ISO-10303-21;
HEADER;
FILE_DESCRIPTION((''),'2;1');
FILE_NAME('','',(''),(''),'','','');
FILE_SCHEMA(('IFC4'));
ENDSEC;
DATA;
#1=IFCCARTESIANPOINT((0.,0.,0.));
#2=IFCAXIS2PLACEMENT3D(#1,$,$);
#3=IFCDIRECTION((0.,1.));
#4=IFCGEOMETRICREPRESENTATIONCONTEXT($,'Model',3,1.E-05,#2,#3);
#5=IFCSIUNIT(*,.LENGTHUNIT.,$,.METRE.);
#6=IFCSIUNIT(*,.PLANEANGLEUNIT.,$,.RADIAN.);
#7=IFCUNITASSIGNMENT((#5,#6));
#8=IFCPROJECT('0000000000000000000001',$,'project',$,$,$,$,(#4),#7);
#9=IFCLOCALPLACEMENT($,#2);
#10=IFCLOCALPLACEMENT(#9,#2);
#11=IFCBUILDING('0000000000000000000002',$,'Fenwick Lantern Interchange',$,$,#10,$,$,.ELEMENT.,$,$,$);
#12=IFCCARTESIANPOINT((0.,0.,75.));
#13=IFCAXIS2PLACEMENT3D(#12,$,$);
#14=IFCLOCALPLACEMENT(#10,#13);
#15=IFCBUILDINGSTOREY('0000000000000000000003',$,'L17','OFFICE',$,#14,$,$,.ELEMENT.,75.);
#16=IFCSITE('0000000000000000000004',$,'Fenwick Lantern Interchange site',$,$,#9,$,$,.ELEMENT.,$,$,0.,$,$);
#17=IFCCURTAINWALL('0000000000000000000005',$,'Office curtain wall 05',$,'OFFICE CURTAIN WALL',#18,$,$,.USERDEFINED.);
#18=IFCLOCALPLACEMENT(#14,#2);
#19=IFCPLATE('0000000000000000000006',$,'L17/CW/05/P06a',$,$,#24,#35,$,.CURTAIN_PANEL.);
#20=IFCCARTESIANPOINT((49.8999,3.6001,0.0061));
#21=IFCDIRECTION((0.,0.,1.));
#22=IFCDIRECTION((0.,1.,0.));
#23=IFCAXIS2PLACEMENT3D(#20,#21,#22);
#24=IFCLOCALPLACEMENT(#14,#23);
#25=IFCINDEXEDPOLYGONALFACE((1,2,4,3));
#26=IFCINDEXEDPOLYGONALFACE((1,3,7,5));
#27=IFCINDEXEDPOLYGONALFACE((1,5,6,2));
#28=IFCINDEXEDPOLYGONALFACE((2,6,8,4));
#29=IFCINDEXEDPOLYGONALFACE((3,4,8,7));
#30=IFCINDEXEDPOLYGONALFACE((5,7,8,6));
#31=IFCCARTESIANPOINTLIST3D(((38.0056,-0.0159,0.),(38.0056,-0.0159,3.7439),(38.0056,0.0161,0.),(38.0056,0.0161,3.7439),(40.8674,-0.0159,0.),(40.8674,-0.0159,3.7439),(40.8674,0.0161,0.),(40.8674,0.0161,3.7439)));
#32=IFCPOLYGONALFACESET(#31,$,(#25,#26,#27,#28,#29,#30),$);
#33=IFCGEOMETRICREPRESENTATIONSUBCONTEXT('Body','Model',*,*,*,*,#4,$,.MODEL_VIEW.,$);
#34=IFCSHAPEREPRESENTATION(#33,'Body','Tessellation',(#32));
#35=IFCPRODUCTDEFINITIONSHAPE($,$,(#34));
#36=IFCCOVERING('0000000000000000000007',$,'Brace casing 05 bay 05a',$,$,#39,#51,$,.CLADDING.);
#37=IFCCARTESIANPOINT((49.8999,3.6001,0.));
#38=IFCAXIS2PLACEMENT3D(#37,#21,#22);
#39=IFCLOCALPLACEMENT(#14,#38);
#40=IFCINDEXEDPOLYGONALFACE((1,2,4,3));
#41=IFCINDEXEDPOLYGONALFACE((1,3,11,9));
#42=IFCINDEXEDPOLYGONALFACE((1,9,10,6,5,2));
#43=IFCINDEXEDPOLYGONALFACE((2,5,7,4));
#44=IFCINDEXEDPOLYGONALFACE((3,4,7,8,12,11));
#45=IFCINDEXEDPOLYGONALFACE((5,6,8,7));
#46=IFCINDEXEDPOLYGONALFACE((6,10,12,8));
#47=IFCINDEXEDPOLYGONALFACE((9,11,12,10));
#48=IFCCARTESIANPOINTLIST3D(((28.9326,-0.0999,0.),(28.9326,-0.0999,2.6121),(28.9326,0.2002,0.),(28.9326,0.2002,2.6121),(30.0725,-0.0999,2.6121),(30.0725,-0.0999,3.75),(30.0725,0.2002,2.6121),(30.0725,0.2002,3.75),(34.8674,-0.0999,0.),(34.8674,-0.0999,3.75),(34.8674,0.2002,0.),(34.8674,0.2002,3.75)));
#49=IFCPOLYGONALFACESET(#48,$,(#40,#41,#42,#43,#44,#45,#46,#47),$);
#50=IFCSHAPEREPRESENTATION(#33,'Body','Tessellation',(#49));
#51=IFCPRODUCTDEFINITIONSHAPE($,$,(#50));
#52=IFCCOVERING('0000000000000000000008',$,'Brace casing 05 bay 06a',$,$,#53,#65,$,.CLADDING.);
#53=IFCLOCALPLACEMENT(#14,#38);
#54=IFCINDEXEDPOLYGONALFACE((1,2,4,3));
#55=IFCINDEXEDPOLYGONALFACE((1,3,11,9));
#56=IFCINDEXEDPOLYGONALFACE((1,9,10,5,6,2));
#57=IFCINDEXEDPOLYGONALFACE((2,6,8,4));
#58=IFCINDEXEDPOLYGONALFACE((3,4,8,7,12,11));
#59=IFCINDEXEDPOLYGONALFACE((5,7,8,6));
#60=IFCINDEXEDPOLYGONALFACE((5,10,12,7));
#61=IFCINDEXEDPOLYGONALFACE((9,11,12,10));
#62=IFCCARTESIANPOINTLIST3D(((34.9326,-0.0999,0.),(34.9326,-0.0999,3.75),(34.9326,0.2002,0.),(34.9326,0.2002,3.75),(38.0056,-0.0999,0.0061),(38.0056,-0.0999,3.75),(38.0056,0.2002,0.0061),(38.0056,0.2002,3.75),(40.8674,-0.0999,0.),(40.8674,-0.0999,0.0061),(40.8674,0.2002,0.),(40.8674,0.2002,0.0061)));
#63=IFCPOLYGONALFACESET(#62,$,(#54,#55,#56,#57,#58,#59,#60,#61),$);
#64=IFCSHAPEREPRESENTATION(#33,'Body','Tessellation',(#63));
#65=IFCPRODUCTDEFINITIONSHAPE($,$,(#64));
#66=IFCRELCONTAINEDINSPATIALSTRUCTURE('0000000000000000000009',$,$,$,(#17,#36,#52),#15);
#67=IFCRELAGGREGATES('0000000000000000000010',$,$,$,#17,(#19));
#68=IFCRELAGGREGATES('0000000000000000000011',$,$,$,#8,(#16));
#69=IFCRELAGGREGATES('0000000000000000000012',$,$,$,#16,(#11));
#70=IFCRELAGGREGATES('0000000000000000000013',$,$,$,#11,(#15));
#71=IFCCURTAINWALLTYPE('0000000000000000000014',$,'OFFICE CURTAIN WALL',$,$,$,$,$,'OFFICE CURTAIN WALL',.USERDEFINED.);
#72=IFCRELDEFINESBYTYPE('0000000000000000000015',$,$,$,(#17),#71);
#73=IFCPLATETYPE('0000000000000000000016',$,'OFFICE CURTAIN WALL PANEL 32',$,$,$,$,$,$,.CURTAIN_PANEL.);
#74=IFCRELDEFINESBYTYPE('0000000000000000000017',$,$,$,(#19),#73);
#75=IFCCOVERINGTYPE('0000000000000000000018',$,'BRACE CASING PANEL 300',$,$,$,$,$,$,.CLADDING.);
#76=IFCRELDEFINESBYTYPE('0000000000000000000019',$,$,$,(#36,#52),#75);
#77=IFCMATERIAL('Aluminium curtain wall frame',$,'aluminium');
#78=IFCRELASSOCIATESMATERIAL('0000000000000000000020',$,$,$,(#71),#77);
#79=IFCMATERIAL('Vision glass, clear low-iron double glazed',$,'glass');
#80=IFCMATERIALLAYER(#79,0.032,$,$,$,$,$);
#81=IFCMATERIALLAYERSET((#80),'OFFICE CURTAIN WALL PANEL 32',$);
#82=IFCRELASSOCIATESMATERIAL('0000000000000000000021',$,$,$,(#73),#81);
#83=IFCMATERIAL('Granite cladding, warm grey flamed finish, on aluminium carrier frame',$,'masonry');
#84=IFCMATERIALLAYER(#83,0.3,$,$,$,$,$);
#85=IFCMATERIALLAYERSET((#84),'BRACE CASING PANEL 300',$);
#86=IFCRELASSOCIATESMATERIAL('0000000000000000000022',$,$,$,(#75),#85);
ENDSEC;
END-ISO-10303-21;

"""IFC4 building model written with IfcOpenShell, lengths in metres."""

from ifc_helpers import new_model, si_unit, direction, frame, origin, place, context, subcontext, project, spatial, polyline, outline, extrude, material, layer, layer_set, type_object, element, aggregate, save


model = new_model("IFC4")

# Units and contexts
model_context = context("Model", 3, precision=1e-05, world=origin(), true_north=direction((0.0, 1.0)))
body_context = subcontext(model_context, "Body", "Model", "MODEL_VIEW")
ifc_project = project(units=[si_unit("LENGTHUNIT", "METRE"), si_unit("PLANEANGLEUNIT", "RADIAN")], contexts=[model_context])

# Site, building, storey
site_placement = place(None, origin())
site = spatial("IfcSite", under=ifc_project, at=site_placement, Name="Fenwick Lantern Interchange site", CompositionType="ELEMENT", RefElevation=0.0)
building_placement = place(site_placement, origin())
building = spatial("IfcBuilding", under=site, at=building_placement, Name="Fenwick Lantern Interchange", CompositionType="ELEMENT")
storey_placement = place(building_placement, frame((0.0, 0.0, 75.0)))
storey = spatial("IfcBuildingStorey", under=building, at=storey_placement, Name="L17", Description="OFFICE", CompositionType="ELEMENT", Elevation=75.0)

# Curtain wall, plate
ifc_material_1 = material(Name="Aluminium curtain wall frame", Category="aluminium")
curtain_wall_type = type_object("IfcCurtainWallType", Name="OFFICE CURTAIN WALL", ElementType="OFFICE CURTAIN WALL", PredefinedType="USERDEFINED", material=ifc_material_1)
curtain_wall_placement = place(storey_placement, origin())
curtain_wall = element("IfcCurtainWall", 1, at=curtain_wall_placement, inside=storey, type_object=curtain_wall_type, Name="Office curtain wall 05", ObjectType="OFFICE CURTAIN WALL", PredefinedType="USERDEFINED")
ifc_material_2 = material(Name="Vision glass, clear low-iron double glazed", Category="glass")
ifc_layer_1 = layer(ifc_material_2, 0.032)
ifc_layer_set_1 = layer_set([ifc_layer_1], Name="OFFICE CURTAIN WALL PANEL 32")
plate_type = type_object("IfcPlateType", Name="OFFICE CURTAIN WALL PANEL 32", PredefinedType="CURTAIN_PANEL", material=ifc_layer_set_1)
plate_1_placement = place(storey_placement, frame((49.8999, 3.6001, 0.0061), z_axis=(0.0, 0.0, 1.0), x_axis=(0.0, 1.0, 0.0)))
plate_1 = element("IfcPlate", 2, at=plate_1_placement, type_object=plate_type, Name="L17/CW/05/P06a", PredefinedType="CURTAIN_PANEL", context=body_context, shape_type="SweptSolid", body=[
    extrude(outline(polyline([(38.0056, 0.0), (40.8674, 0.0), (40.8674, 3.7439), (38.0056, 3.7439), (38.0056, 0.0)])), frame((0.0, 0.0161, 0.0), z_axis=(0.0, -1.0, 0.0), x_axis=(1.0, 0.0, 0.0)), (0.0, 0.0, 1.0), 0.032),
])
aggregate(curtain_wall, [plate_1])

# Coverings
ifc_material_3 = material(Name="Granite cladding, warm grey flamed finish, on aluminium carrier frame", Category="masonry")
ifc_layer_2 = layer(ifc_material_3, 0.3)
ifc_layer_set_2 = layer_set([ifc_layer_2], Name="BRACE CASING PANEL 300")
covering_type = type_object("IfcCoveringType", Name="BRACE CASING PANEL 300", PredefinedType="CLADDING", material=ifc_layer_set_2)
covering_1_placement = place(storey_placement, frame((49.8999, 3.6001, 0.0), z_axis=(0.0, 0.0, 1.0), x_axis=(0.0, 1.0, 0.0)))
element("IfcCovering", 3, at=covering_1_placement, inside=storey, type_object=covering_type, Name="Brace casing 05 bay 05a", PredefinedType="CLADDING", context=body_context, shape_type="SweptSolid", body=[
    extrude(outline(polyline([(28.9326, 0.0), (34.8674, 0.0), (34.8674, 3.75), (30.0725, 3.75), (30.0725, 2.6121), (28.9326, 2.6121), (28.9326, 0.0)])), frame((0.0, 0.2002, 0.0), z_axis=(0.0, -1.0, 0.0), x_axis=(1.0, 0.0, 0.0)), (0.0, 0.0, 1.0), 0.3),
])
covering_2_placement = place(storey_placement, frame((49.8999, 3.6001, 0.0), z_axis=(0.0, 0.0, 1.0), x_axis=(0.0, 1.0, 0.0)))
element("IfcCovering", 4, at=covering_2_placement, inside=storey, type_object=covering_type, Name="Brace casing 05 bay 06a", PredefinedType="CLADDING", context=body_context, shape_type="SweptSolid", body=[
    extrude(outline(polyline([(34.9326, 0.0), (40.8674, 0.0), (40.8674, 0.0061), (38.0056, 0.0061), (38.0056, 3.75), (34.9326, 3.75), (34.9326, 0.0)])), frame((0.0, 0.2002, 0.0), z_axis=(0.0, -1.0, 0.0), x_axis=(1.0, 0.0, 0.0)), (0.0, 0.0, 1.0), 0.3),
])

save(model, "model.ifc")
